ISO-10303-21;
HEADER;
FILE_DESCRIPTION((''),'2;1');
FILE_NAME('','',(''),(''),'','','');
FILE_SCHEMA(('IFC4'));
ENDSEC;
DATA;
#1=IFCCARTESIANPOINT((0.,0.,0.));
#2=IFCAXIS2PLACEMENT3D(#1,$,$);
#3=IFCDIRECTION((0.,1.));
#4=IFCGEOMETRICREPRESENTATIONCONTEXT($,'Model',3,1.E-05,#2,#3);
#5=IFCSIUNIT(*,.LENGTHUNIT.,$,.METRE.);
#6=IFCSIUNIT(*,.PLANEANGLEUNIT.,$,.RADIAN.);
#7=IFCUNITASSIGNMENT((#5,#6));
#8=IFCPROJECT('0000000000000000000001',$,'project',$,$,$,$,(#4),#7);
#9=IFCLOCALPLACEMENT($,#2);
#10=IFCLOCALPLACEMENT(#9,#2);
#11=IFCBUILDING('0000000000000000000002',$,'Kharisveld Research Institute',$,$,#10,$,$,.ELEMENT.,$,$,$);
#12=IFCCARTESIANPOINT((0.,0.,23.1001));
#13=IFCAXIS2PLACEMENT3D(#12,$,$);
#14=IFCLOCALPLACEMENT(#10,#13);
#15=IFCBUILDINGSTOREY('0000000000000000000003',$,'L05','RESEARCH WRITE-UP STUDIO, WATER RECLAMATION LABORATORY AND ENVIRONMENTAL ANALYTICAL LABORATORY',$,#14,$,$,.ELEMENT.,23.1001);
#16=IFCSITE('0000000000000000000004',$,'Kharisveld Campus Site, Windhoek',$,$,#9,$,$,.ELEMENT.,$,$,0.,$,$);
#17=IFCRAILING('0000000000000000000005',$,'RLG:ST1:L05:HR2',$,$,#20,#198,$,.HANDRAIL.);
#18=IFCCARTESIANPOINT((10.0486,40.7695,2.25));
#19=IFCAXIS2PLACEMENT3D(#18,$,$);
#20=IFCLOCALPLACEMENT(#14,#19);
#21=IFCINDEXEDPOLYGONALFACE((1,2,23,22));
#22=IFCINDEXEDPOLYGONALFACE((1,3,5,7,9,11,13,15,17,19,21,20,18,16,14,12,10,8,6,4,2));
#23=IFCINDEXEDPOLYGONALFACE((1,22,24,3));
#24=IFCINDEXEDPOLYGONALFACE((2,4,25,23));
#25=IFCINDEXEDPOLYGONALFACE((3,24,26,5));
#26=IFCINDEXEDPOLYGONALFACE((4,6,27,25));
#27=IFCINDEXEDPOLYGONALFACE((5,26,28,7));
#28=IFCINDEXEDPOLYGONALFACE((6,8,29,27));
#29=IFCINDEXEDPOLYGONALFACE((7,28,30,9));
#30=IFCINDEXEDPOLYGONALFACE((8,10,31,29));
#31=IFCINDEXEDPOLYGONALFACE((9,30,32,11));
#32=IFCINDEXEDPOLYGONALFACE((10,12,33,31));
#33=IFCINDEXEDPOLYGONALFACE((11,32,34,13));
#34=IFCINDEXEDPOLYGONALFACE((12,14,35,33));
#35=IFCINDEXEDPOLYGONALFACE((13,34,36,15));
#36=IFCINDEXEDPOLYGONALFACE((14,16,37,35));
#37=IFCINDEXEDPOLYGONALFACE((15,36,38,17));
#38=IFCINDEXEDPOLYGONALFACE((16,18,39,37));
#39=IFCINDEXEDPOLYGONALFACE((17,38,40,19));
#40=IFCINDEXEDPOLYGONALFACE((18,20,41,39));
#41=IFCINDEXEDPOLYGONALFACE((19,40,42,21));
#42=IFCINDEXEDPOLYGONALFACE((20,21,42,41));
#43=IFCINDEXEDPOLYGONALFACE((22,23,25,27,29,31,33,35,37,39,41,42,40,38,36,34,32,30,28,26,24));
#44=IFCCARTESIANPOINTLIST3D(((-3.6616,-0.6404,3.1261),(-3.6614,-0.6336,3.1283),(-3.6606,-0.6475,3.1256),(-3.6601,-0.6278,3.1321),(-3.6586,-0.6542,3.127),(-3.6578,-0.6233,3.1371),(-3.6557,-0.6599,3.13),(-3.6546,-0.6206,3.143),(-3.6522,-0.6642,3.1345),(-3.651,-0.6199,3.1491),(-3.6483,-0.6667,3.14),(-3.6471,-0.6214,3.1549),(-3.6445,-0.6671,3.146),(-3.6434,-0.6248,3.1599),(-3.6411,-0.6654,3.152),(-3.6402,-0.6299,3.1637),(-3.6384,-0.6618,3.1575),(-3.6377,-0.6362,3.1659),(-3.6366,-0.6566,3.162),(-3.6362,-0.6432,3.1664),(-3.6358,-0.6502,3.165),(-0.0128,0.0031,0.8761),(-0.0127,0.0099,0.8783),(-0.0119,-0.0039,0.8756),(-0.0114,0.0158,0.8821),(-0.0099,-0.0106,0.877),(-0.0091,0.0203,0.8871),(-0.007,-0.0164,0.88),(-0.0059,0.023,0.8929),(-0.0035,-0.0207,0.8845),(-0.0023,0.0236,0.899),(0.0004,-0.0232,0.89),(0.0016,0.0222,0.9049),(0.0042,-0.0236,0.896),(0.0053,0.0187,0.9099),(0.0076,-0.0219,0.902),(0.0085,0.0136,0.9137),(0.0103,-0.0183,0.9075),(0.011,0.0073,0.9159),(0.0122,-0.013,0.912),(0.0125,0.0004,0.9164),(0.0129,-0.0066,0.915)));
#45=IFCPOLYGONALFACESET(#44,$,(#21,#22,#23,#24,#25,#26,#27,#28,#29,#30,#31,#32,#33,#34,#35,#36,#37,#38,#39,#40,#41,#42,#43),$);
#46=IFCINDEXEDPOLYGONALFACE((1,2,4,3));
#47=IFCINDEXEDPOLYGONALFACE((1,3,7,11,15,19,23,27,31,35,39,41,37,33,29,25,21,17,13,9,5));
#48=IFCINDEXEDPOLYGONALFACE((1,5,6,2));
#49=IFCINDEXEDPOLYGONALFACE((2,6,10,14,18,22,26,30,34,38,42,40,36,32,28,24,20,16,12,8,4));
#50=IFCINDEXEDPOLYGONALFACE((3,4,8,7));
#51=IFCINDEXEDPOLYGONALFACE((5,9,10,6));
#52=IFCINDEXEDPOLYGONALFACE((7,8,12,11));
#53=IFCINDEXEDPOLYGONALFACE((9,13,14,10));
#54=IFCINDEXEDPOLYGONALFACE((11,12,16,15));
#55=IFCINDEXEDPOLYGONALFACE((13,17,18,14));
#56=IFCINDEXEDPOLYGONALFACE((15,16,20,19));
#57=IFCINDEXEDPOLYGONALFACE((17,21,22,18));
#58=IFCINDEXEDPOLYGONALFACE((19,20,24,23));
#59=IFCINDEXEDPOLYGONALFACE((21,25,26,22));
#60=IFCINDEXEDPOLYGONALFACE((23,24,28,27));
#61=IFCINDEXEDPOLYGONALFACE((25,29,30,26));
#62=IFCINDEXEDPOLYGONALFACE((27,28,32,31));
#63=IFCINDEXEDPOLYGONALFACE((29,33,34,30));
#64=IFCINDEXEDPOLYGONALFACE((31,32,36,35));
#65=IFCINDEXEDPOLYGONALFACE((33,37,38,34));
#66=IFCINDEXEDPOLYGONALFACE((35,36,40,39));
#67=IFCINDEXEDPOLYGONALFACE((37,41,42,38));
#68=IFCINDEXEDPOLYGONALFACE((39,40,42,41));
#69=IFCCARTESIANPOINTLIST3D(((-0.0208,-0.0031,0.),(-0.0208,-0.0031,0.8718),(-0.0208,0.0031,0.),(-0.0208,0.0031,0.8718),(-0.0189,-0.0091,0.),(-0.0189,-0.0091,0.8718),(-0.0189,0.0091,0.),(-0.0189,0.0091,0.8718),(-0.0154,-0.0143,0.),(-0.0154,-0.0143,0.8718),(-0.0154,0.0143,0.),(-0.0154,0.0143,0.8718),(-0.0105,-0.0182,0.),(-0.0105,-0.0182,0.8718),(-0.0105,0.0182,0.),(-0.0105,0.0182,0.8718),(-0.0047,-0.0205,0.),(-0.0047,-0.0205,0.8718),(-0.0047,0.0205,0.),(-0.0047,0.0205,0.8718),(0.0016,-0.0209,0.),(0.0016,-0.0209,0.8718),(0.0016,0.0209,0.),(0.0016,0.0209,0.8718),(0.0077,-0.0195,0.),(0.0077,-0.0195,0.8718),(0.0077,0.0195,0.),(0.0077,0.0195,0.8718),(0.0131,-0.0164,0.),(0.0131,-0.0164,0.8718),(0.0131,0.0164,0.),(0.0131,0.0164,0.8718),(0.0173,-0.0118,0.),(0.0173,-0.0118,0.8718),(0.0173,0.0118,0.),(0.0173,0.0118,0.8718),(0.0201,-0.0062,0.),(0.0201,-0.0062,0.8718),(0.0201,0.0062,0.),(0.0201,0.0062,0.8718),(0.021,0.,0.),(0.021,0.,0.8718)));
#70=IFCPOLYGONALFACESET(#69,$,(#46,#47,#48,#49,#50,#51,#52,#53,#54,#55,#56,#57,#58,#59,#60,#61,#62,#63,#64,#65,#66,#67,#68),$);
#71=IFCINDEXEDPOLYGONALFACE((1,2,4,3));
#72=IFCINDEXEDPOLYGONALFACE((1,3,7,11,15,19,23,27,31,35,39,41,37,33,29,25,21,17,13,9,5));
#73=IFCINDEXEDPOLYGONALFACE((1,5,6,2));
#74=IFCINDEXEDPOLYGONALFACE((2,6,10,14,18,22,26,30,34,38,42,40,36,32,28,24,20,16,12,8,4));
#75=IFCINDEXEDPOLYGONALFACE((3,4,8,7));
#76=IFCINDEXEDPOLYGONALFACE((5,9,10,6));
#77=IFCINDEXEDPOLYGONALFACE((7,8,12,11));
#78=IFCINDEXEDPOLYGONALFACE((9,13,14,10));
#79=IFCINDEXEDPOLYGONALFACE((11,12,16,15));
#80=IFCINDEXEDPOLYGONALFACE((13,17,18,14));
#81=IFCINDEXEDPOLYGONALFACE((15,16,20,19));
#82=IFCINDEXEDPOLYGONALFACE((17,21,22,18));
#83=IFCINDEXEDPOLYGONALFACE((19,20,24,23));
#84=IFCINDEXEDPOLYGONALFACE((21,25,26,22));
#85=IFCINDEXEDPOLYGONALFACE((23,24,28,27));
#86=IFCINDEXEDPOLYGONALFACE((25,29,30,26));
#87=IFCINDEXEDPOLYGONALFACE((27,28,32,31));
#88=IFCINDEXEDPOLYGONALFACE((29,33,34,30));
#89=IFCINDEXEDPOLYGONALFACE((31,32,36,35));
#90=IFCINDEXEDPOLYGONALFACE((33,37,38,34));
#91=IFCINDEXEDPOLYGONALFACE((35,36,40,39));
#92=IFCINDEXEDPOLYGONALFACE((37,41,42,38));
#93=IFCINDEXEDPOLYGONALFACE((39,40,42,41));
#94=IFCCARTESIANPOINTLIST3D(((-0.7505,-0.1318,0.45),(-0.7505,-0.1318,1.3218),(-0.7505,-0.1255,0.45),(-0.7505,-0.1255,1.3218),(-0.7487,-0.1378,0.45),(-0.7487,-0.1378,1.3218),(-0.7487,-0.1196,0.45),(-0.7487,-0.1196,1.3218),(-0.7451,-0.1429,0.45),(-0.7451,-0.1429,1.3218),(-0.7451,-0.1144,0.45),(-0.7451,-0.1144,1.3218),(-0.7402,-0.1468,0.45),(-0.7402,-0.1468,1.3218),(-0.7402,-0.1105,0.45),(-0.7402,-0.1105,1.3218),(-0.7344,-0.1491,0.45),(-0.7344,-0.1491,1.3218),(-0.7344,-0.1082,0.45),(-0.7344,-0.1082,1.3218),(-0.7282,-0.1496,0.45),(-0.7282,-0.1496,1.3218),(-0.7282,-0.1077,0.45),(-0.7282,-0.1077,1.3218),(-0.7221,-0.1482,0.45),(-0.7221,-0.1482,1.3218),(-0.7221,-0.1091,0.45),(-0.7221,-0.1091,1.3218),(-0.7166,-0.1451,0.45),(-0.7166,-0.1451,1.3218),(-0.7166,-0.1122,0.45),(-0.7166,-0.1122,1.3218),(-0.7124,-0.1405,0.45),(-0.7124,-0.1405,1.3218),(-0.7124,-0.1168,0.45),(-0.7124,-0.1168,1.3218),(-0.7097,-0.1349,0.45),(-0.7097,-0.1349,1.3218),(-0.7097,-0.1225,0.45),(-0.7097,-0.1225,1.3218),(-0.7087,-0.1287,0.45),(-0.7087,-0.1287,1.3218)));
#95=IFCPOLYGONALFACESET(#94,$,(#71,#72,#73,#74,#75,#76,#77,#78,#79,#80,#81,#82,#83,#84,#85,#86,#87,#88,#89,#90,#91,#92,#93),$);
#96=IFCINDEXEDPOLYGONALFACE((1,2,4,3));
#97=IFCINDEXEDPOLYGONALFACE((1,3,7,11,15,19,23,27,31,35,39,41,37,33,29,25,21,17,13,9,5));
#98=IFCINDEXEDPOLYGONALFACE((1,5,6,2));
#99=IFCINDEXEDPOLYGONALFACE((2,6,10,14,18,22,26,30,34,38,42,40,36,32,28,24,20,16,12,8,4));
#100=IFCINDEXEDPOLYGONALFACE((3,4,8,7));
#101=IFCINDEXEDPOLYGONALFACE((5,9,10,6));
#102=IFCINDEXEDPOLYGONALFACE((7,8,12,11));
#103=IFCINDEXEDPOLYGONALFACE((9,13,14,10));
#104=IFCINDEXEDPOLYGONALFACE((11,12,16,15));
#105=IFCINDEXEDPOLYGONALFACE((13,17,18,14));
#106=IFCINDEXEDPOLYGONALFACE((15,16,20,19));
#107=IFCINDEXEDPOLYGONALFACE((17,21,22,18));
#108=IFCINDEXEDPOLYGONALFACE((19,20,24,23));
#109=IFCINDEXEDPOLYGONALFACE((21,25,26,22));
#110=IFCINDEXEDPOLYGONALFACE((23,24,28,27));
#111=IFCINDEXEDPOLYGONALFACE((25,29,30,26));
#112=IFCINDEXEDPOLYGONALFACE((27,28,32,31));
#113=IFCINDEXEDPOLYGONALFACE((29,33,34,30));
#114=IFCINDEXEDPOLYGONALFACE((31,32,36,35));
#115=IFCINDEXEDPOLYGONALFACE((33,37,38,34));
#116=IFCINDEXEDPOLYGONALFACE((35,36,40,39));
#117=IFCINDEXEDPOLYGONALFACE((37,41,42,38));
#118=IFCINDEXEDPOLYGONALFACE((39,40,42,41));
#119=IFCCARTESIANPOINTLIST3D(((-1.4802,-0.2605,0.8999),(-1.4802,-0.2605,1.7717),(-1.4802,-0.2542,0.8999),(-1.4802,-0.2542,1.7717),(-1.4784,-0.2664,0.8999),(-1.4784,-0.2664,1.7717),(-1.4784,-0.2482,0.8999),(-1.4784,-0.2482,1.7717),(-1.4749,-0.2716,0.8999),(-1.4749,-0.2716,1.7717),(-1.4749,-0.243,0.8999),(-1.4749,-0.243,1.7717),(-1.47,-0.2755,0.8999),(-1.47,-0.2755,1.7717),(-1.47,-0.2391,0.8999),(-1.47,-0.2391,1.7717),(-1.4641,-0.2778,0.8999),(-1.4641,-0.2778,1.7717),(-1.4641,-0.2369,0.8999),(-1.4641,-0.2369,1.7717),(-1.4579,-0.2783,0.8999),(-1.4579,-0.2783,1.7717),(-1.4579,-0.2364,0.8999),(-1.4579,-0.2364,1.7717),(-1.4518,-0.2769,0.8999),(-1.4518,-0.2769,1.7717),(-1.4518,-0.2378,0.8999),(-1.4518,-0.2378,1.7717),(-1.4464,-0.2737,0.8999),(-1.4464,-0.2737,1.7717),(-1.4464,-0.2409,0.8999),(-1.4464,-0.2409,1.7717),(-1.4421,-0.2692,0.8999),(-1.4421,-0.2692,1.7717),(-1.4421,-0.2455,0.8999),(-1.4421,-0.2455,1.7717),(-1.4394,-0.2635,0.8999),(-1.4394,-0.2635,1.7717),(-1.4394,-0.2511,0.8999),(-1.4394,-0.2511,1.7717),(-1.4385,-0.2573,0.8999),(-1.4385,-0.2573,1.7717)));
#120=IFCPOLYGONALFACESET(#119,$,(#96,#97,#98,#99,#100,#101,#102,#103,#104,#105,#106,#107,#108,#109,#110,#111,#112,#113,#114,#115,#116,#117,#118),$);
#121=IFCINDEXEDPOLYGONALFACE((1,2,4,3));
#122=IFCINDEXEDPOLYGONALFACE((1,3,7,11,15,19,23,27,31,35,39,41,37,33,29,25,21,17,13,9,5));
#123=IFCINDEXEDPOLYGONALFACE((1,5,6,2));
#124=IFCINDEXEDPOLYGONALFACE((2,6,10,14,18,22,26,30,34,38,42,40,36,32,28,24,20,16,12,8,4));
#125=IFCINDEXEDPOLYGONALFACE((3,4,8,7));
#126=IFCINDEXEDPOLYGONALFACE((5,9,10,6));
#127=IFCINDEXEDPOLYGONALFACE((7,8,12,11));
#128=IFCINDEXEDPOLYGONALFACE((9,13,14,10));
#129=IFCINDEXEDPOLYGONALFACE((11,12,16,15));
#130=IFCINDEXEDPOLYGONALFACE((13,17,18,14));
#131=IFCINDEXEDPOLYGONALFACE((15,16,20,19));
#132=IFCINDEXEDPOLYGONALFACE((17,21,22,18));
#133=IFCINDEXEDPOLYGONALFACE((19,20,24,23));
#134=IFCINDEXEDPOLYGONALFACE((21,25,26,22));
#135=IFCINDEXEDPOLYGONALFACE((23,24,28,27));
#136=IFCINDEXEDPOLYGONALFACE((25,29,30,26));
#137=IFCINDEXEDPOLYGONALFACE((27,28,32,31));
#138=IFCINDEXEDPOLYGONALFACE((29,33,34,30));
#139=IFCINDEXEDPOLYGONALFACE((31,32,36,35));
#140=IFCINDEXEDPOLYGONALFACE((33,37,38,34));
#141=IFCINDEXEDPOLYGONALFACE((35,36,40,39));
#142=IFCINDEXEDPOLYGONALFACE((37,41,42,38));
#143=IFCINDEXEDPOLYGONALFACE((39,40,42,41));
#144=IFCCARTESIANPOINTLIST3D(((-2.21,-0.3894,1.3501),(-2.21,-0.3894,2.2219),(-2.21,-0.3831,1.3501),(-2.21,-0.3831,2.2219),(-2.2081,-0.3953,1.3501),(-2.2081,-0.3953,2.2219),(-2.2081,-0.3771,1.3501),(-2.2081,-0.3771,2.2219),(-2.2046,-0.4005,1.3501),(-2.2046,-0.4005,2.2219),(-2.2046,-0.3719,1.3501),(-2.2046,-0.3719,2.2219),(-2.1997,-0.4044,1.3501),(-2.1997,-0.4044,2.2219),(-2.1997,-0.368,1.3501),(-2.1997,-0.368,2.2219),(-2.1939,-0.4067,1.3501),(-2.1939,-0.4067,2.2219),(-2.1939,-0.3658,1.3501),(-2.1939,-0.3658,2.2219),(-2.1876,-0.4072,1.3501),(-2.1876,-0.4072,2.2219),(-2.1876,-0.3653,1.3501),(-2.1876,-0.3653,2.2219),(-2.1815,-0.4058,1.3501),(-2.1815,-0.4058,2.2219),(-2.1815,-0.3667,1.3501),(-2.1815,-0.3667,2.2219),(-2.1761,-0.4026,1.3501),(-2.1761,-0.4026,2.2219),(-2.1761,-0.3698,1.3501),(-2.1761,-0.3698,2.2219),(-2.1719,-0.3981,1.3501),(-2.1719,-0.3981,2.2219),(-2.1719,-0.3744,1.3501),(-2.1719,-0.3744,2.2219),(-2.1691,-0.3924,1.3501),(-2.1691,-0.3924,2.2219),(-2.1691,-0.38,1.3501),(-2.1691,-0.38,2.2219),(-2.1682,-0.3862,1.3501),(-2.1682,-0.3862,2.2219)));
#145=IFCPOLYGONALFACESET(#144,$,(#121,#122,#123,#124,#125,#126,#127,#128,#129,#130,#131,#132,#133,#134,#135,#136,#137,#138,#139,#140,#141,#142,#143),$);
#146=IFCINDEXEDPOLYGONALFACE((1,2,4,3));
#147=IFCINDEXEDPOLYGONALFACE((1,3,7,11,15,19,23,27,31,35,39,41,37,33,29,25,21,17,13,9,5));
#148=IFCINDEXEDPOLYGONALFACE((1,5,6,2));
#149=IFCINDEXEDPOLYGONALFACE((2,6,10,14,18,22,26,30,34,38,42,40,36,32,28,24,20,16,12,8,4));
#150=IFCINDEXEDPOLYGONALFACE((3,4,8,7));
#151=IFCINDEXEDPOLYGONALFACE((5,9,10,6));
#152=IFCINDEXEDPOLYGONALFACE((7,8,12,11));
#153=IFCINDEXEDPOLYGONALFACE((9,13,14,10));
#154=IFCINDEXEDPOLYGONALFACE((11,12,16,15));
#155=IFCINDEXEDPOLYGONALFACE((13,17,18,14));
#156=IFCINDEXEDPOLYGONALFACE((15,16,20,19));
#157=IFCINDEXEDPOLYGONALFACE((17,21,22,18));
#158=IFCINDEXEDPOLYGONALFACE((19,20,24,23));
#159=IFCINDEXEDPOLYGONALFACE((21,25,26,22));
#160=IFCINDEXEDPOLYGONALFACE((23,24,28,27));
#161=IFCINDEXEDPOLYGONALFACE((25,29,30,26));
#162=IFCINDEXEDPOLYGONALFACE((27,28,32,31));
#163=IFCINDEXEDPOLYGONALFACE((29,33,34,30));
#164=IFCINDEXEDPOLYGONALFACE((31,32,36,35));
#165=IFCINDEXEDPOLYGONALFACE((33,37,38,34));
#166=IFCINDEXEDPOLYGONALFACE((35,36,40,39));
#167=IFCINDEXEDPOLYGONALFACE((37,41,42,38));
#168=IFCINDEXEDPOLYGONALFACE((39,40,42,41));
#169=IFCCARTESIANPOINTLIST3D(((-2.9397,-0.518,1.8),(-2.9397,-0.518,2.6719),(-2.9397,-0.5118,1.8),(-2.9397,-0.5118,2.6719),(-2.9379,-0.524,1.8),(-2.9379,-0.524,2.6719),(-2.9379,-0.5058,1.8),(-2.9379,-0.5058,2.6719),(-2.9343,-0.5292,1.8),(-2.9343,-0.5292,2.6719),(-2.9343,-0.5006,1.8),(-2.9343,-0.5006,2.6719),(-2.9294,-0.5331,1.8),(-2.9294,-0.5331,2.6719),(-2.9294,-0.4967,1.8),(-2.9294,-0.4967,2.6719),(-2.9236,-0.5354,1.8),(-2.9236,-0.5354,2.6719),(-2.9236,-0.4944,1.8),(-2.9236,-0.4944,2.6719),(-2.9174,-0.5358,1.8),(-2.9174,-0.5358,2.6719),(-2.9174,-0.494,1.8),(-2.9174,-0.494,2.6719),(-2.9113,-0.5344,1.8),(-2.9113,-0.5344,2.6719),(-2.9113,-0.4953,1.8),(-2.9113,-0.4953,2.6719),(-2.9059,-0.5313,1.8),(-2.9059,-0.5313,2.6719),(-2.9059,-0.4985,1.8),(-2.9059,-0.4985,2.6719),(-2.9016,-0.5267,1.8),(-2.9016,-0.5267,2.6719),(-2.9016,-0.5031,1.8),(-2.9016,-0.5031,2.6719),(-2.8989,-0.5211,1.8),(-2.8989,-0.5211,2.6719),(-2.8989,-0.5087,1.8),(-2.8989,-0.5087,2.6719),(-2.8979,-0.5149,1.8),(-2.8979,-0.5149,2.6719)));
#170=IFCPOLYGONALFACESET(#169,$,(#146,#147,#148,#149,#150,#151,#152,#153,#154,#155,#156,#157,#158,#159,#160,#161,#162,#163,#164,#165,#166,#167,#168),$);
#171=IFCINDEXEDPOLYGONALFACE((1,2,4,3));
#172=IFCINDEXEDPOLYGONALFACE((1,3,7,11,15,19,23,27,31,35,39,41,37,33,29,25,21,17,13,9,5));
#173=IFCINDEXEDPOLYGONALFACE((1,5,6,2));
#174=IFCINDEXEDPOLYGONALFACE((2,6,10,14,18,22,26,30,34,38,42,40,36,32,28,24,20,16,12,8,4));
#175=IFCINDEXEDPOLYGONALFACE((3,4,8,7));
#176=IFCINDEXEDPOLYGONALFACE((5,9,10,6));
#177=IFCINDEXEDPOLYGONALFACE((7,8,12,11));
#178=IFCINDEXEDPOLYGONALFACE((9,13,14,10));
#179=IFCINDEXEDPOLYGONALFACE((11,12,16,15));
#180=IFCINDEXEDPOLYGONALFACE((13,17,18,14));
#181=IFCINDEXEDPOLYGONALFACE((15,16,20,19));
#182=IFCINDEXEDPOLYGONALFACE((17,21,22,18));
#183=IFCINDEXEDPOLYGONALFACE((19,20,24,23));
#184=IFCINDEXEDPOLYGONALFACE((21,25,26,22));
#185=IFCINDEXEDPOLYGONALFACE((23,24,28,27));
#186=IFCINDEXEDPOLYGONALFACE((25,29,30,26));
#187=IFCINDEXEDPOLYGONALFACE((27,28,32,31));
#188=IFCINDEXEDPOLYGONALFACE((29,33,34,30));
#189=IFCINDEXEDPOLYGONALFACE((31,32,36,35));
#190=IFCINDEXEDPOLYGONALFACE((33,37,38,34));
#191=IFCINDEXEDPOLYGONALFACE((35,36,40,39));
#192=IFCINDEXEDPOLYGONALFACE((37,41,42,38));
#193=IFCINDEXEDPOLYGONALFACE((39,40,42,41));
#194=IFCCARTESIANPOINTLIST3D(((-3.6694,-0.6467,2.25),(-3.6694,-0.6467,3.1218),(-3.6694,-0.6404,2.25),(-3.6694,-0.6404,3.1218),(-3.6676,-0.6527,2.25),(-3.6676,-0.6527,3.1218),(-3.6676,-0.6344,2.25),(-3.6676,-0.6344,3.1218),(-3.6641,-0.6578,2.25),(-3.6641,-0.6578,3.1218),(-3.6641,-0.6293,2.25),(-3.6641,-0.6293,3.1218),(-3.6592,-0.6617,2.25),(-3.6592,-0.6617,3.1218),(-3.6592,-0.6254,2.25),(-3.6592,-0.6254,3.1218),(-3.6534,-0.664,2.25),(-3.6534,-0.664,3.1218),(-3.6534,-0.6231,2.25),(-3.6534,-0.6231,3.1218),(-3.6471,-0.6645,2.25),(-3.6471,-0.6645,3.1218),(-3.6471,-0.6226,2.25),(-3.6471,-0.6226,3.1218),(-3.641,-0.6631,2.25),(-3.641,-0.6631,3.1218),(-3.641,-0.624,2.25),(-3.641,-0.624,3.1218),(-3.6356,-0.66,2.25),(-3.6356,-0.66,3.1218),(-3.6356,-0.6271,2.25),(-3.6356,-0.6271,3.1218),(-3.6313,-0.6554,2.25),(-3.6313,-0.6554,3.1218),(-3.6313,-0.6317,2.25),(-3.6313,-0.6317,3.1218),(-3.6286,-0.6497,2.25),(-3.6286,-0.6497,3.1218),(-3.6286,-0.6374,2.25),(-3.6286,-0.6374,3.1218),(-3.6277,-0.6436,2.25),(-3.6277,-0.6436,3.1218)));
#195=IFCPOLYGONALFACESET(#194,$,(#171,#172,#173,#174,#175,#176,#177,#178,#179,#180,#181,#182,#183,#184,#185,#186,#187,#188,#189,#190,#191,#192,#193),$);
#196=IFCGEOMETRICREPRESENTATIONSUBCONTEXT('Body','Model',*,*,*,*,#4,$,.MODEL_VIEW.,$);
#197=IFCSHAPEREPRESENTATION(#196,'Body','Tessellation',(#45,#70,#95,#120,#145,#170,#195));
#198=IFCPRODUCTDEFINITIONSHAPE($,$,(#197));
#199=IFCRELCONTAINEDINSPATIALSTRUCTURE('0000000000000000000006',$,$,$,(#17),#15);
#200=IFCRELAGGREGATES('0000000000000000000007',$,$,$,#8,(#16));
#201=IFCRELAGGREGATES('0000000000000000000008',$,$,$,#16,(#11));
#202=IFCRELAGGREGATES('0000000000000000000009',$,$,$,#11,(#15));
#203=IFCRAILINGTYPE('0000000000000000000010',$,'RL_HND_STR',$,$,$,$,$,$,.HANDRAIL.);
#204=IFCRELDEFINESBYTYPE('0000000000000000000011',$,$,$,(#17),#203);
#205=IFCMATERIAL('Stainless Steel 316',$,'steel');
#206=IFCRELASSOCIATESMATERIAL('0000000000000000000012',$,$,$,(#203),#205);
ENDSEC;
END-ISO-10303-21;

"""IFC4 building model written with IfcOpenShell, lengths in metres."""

from ifc_helpers import new_model, si_unit, direction, frame, origin, origin_2d, place, context, subcontext, project, spatial, circle, extrude, material, type_object, element, save


model = new_model("IFC4")

# Units and contexts
model_context = context("Model", 3, precision=1e-05, world=origin(), true_north=direction((0.0, 1.0)))
body_context = subcontext(model_context, "Body", "Model", "MODEL_VIEW")
ifc_project = project(units=[si_unit("LENGTHUNIT", "METRE"), si_unit("PLANEANGLEUNIT", "RADIAN")], contexts=[model_context])

# Site, building, storey
site_placement = place(None, origin())
site = spatial("IfcSite", under=ifc_project, at=site_placement, Name="Kharisveld Campus Site, Windhoek", CompositionType="ELEMENT", RefElevation=0.0)
building_placement = place(site_placement, origin())
building = spatial("IfcBuilding", under=site, at=building_placement, Name="Kharisveld Research Institute", CompositionType="ELEMENT")
storey_placement = place(building_placement, frame((0.0, 0.0, 23.1001)))
storey = spatial("IfcBuildingStorey", under=building, at=storey_placement, Name="L05", Description="RESEARCH WRITE-UP STUDIO, WATER RECLAMATION LABORATORY AND ENVIRONMENTAL ANALYTICAL LABORATORY", CompositionType="ELEMENT", Elevation=23.1001)

# Railing
ifc_material_1 = material(Name="Stainless Steel 316", Category="steel")
railing_type_1 = type_object("IfcRailingType", Name="RL_HND_STR", PredefinedType="HANDRAIL", material=ifc_material_1)
railing_1_placement = place(storey_placement, frame((10.0486, 40.7695, 2.25)))
element("IfcRailing", 1, at=railing_1_placement, inside=storey, type_object=railing_type_1, Name="RLG:ST1:L05:HR2", PredefinedType="HANDRAIL", context=body_context, shape_type="SweptSolid", body=[
    extrude(circle(Radius=0.0239, at=origin_2d()), frame((0.0, 0.0, 0.896), z_axis=(-0.84174, -0.148466, 0.519068), x_axis=(0.173699, -0.984799, 0.0)), (0.0, 0.0, 1.0), 4.3347),
    extrude(circle(Radius=0.021, at=origin_2d()), origin(), (0.0, 0.0, 1.0), 0.8718),
    extrude(circle(Radius=0.021, at=origin_2d()), frame((-0.7297, -0.1287, 0.45)), (0.0, 0.0, 1.0), 0.8718),
    extrude(circle(Radius=0.021, at=origin_2d()), frame((-1.4595, -0.2573, 0.8999)), (0.0, 0.0, 1.0), 0.8718),
    extrude(circle(Radius=0.021, at=origin_2d()), frame((-2.1892, -0.3862, 1.3501)), (0.0, 0.0, 1.0), 0.8718),
    extrude(circle(Radius=0.021, at=origin_2d()), frame((-2.9189, -0.5149, 1.8)), (0.0, 0.0, 1.0), 0.8718),
    extrude(circle(Radius=0.021, at=origin_2d()), frame((-3.6487, -0.6436, 2.25)), (0.0, 0.0, 1.0), 0.8718),
])

save(model, "model.ifc")
